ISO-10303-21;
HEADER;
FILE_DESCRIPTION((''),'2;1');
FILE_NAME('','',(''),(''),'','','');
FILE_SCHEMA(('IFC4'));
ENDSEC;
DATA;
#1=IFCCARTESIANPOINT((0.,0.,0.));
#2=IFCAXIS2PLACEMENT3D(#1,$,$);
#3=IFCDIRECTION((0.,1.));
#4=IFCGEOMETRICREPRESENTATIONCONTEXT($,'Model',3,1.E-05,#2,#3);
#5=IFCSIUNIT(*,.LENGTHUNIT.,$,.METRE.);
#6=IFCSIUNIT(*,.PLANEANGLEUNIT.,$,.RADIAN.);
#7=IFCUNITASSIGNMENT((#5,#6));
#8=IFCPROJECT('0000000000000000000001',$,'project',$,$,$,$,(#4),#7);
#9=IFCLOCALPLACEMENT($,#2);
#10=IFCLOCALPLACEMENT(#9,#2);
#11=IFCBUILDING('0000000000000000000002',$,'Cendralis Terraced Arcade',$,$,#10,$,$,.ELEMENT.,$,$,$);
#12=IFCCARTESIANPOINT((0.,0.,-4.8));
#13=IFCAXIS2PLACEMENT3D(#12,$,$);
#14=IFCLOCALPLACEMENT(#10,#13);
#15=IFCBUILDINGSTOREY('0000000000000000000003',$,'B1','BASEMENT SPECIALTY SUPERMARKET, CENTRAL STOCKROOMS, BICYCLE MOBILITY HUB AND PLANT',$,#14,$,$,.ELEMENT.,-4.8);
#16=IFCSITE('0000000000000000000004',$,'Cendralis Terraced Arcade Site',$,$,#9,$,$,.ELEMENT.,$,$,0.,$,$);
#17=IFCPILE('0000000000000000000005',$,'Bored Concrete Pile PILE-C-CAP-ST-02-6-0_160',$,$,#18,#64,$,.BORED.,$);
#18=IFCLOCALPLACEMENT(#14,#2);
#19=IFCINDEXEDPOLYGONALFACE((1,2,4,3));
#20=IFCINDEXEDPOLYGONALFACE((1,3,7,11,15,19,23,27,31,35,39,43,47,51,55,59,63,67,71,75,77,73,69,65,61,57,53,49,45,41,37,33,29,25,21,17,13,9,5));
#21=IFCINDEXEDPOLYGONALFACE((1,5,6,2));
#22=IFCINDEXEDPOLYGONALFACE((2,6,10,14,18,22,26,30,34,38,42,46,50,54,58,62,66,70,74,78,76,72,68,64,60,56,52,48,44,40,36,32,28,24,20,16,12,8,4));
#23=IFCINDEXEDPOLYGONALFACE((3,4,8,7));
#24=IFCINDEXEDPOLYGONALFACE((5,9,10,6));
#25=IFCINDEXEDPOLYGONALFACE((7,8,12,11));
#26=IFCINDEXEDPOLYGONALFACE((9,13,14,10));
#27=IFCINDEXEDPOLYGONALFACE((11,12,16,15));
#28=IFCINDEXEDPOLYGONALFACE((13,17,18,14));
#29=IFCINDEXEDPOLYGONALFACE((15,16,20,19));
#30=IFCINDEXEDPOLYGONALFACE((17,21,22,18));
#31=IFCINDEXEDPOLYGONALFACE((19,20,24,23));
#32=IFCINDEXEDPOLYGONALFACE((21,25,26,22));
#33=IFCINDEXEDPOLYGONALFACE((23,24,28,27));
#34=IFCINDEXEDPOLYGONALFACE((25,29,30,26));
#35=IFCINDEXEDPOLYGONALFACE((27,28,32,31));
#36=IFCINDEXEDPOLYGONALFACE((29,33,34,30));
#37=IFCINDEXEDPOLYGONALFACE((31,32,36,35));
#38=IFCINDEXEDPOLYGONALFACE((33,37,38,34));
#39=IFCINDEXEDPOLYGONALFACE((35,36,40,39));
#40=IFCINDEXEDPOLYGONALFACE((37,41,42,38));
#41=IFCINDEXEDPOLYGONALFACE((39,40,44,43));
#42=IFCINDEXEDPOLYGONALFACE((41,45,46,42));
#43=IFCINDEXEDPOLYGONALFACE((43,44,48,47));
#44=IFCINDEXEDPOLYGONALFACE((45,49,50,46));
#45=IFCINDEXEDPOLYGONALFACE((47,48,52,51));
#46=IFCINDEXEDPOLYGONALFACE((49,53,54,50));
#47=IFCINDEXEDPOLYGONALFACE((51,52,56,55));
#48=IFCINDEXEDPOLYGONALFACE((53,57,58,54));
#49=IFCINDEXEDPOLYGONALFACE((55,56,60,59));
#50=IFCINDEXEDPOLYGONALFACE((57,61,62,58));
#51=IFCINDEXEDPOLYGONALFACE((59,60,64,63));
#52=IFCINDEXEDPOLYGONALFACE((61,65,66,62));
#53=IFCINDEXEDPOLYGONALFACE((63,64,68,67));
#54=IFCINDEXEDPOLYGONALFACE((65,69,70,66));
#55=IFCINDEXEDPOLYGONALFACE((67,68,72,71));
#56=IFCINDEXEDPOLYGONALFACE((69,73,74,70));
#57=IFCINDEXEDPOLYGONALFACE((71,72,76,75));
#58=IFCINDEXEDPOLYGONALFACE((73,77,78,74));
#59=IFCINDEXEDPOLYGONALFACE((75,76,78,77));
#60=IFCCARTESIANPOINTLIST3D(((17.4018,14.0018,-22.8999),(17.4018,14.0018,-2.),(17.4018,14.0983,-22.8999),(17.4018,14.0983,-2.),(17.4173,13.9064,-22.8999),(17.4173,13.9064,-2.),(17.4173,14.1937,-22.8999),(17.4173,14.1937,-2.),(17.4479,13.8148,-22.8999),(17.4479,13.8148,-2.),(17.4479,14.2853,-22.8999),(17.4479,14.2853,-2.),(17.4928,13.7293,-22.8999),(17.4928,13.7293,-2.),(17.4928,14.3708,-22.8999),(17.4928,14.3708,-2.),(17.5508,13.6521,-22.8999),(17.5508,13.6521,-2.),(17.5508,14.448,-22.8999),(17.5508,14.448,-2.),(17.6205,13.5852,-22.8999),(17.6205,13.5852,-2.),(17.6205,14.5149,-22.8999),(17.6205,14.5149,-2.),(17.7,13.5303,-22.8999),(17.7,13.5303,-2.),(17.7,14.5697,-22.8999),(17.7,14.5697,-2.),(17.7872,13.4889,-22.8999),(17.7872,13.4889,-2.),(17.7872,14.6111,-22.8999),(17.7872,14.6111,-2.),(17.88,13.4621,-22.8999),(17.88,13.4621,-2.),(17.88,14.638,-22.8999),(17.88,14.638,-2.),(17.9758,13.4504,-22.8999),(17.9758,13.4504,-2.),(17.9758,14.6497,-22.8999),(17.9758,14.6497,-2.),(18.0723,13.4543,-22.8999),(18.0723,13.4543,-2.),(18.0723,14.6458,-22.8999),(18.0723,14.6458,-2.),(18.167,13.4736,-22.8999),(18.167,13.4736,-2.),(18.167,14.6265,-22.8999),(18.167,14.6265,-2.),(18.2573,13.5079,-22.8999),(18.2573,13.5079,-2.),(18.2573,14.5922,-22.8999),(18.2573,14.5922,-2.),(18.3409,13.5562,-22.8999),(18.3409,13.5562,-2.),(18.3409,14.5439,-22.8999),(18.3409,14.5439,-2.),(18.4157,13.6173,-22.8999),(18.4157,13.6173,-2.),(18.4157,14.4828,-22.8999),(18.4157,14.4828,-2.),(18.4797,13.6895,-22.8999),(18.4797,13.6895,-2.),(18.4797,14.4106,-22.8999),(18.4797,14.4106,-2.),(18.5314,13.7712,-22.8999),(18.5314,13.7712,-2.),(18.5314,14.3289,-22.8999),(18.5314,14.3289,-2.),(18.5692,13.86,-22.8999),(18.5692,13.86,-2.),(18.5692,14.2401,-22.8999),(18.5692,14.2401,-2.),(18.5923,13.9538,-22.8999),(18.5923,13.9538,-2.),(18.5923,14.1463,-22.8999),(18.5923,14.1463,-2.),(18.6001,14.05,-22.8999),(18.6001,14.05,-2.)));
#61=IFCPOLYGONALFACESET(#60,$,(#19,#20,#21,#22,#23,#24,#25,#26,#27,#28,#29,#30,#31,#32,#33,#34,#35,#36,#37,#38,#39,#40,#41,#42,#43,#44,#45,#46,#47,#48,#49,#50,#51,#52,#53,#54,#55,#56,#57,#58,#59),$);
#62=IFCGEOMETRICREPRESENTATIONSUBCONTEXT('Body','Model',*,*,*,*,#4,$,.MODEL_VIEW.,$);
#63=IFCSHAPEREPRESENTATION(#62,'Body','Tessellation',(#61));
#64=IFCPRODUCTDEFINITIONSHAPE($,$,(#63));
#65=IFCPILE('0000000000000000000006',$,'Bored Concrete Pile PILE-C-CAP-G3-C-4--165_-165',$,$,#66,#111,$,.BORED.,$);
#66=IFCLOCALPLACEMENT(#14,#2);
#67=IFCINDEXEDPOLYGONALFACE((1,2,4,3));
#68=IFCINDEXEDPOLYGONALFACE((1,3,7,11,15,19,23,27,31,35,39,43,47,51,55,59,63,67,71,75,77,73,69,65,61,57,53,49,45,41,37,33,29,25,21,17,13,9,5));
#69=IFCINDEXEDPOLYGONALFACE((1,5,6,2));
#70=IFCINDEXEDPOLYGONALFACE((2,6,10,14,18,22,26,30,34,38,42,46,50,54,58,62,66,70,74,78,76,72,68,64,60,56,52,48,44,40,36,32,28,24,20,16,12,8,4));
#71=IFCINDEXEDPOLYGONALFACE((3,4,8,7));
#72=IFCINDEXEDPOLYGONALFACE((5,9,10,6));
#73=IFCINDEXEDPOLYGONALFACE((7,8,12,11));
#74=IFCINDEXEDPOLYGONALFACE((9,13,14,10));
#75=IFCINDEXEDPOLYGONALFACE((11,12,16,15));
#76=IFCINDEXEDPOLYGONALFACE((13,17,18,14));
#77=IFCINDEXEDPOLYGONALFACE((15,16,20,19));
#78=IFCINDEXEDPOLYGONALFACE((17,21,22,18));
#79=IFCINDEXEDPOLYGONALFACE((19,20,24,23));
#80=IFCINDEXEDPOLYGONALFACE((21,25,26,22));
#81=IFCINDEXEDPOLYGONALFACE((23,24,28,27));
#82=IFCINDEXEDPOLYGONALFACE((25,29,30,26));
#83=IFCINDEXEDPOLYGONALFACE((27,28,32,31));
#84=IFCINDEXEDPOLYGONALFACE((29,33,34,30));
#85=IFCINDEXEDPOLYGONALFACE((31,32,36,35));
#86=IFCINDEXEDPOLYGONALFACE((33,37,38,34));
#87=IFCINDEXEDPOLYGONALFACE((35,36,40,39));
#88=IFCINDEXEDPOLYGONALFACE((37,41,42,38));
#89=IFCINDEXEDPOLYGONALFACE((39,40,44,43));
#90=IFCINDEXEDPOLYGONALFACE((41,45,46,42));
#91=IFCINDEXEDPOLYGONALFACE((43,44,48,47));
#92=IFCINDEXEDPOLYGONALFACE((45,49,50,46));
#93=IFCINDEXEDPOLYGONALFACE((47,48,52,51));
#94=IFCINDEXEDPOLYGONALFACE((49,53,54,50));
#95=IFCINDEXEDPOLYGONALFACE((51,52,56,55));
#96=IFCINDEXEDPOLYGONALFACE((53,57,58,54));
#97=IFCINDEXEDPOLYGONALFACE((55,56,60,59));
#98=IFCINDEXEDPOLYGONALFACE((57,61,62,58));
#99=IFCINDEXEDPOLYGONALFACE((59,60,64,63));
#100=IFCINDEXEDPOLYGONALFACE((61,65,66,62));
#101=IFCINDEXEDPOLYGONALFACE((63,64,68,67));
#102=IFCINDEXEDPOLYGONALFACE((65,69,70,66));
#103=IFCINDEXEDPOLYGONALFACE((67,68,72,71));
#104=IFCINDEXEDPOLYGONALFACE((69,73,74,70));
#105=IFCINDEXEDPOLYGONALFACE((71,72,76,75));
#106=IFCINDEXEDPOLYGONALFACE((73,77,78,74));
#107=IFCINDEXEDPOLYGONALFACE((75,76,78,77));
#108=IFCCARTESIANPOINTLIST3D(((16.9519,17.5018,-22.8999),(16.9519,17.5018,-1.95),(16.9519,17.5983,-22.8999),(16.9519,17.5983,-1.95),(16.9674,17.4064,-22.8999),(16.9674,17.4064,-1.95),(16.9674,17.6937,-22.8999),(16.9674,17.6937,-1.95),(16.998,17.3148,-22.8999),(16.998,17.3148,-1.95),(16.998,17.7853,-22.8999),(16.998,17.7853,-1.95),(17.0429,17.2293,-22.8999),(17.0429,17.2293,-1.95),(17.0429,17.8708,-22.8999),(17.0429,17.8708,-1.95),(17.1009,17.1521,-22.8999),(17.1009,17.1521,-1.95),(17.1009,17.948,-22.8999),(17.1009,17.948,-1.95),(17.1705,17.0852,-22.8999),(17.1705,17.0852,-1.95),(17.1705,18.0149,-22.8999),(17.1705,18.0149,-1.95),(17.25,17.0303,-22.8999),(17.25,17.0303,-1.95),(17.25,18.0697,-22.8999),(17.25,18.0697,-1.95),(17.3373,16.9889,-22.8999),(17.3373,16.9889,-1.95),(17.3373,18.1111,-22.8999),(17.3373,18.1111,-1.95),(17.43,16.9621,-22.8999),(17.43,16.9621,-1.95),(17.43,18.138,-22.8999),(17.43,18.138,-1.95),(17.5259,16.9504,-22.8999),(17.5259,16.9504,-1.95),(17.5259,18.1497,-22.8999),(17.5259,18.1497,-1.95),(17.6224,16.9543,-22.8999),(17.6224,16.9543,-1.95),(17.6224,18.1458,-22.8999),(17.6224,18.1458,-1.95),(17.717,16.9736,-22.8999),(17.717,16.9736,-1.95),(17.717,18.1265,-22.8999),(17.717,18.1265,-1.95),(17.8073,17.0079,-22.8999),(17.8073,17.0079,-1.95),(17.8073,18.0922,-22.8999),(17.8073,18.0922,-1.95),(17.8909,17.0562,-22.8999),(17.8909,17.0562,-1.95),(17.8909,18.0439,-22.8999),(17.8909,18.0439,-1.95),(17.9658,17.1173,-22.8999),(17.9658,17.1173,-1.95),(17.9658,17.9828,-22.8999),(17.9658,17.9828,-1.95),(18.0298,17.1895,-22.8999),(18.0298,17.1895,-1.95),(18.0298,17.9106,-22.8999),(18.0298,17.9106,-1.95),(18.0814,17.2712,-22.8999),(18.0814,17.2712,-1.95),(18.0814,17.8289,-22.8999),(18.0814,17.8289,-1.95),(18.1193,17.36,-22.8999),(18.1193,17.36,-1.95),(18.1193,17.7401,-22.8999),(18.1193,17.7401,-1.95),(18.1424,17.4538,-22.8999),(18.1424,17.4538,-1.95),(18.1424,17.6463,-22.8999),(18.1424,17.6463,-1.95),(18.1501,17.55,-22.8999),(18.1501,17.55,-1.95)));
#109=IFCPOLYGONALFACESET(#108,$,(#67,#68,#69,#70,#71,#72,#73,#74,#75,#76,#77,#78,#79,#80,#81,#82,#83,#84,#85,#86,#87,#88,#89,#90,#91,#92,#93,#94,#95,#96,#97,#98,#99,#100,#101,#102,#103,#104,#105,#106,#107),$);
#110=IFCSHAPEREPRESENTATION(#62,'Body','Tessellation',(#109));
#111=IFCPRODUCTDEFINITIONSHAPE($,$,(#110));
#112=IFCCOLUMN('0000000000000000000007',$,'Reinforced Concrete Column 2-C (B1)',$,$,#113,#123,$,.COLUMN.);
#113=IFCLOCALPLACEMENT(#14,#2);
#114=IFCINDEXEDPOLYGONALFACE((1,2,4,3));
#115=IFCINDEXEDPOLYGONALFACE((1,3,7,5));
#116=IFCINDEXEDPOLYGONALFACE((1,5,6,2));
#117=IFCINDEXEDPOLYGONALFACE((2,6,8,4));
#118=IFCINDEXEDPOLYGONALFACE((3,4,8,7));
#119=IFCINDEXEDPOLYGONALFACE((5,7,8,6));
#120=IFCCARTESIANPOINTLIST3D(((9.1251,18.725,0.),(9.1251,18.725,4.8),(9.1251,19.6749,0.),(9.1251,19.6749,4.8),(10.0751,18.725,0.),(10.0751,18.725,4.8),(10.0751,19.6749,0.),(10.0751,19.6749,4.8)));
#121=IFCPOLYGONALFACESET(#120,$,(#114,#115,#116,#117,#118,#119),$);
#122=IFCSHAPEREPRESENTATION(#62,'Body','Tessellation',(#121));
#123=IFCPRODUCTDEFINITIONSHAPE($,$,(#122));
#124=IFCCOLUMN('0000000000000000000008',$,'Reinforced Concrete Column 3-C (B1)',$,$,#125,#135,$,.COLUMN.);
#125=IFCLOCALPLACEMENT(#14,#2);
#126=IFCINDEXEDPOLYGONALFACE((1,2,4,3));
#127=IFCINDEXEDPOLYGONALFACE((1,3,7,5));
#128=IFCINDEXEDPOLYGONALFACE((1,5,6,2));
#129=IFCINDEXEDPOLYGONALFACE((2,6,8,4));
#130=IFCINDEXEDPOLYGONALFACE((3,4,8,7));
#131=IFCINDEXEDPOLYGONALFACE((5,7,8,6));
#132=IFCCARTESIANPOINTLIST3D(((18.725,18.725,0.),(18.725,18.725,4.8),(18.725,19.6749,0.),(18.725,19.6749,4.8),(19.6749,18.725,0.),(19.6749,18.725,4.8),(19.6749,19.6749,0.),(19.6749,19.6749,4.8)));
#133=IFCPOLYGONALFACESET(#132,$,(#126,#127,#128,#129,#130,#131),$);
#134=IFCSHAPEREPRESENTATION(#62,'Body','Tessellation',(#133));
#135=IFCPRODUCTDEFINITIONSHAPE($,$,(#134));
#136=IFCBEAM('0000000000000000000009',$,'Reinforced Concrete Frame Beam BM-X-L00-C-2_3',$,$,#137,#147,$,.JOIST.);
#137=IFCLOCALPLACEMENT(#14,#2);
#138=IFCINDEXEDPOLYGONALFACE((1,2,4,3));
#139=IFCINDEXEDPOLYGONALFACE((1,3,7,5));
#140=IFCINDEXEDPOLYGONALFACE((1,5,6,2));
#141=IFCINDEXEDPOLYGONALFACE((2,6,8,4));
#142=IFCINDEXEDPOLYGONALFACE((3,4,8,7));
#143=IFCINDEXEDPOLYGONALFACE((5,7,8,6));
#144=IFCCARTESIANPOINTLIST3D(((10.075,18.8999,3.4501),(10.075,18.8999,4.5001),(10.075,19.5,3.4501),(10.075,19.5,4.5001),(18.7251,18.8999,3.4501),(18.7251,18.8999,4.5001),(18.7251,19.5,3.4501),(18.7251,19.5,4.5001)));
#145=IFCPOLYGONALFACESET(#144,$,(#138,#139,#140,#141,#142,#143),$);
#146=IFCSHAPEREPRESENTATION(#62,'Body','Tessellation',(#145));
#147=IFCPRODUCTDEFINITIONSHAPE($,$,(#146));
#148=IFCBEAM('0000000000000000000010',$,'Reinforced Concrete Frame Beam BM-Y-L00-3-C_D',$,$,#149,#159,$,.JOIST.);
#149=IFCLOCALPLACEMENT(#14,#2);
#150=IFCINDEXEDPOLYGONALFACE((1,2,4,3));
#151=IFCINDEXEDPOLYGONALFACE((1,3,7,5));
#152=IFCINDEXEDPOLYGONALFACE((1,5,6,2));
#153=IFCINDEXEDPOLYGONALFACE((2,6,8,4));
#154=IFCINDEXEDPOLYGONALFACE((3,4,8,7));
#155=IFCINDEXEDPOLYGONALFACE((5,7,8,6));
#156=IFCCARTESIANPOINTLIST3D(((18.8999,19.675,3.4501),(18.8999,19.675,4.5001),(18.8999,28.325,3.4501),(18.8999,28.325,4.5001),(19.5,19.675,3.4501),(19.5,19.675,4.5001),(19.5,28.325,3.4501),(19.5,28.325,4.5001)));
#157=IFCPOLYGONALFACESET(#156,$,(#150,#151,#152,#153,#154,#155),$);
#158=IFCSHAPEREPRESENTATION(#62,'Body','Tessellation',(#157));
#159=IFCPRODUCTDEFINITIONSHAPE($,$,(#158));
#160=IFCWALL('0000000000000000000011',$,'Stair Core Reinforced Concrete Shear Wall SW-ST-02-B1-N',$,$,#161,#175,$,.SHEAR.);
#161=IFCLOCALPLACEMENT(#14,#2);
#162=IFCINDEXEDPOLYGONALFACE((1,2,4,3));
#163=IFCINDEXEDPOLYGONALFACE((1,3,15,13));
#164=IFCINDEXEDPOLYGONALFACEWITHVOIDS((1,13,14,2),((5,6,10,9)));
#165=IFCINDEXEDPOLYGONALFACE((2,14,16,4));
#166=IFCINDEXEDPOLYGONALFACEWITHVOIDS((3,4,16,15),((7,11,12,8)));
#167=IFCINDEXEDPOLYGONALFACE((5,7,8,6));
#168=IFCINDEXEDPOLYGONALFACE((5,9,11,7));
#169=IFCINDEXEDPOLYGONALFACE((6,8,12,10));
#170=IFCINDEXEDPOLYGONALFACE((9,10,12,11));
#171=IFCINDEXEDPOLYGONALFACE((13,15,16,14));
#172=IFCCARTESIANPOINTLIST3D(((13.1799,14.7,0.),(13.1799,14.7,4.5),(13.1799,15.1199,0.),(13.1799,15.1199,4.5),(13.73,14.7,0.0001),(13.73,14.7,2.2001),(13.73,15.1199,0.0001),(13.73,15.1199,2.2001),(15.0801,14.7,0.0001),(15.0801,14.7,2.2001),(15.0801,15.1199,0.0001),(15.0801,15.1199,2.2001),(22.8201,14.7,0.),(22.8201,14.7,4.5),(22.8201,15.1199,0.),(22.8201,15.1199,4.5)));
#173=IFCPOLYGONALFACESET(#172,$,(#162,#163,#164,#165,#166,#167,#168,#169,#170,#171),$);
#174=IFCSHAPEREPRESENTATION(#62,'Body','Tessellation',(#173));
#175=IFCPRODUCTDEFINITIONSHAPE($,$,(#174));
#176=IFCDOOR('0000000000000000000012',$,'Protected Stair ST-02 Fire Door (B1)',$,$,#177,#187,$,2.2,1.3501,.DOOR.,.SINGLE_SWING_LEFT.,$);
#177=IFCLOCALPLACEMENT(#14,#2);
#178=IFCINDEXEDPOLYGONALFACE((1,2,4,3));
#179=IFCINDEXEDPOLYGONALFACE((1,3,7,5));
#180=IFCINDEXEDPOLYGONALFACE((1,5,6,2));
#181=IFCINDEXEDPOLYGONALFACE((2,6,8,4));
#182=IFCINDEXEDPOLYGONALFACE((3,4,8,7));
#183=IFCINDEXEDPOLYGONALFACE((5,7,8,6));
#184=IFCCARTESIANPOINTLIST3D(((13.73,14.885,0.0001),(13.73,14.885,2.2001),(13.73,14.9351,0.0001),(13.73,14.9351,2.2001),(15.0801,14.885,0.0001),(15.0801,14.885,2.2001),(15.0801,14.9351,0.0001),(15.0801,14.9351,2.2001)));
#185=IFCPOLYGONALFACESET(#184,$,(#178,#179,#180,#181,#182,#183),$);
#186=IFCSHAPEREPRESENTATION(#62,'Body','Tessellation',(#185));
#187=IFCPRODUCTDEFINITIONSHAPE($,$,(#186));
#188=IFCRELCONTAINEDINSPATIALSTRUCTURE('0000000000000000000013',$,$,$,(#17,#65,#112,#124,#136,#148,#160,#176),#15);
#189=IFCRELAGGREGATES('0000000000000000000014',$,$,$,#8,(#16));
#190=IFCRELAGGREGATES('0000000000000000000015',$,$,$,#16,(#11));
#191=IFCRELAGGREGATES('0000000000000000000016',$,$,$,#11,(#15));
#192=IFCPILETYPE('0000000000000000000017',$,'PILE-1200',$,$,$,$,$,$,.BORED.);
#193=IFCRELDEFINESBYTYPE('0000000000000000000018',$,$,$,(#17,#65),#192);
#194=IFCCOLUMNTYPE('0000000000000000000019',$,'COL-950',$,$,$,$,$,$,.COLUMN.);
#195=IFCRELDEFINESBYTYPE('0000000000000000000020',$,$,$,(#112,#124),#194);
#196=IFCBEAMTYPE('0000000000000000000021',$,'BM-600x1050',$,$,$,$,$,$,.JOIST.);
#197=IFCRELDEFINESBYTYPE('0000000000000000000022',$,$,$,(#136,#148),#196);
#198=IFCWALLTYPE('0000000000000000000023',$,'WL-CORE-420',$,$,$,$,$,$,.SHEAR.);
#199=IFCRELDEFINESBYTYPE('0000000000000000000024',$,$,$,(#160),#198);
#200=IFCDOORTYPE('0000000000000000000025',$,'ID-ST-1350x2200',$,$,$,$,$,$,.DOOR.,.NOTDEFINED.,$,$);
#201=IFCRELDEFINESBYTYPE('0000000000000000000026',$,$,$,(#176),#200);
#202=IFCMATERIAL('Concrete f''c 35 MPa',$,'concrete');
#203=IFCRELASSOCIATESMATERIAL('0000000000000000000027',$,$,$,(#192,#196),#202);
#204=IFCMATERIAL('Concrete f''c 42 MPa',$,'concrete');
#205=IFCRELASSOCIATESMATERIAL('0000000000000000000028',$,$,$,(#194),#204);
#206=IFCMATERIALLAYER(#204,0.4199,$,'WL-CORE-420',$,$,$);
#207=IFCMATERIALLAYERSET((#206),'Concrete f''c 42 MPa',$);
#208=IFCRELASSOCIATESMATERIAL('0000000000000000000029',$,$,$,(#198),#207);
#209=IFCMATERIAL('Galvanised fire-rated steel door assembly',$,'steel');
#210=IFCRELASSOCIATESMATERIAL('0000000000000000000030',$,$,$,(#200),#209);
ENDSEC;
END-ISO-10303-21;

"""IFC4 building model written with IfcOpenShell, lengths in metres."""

from ifc_helpers import new_model, si_unit, direction, frame, frame_2d, origin, origin_2d, place, context, subcontext, project, spatial, rectangle, circle, extrude, material, layer, layer_set, material_profile, profile_set, type_object, element, fill, save


model = new_model("IFC4")

# Units and contexts
model_context = context("Model", 3, precision=1e-05, world=origin(), true_north=direction((0.0, 1.0)))
body_context = subcontext(model_context, "Body", "Model", "MODEL_VIEW")
ifc_project = project(units=[si_unit("LENGTHUNIT", "METRE"), si_unit("PLANEANGLEUNIT", "RADIAN")], contexts=[model_context])

# Site, building, storey
site_placement = place(None, origin())
site = spatial("IfcSite", under=ifc_project, at=site_placement, Name="Cendralis Terraced Arcade Site", CompositionType="ELEMENT", RefElevation=0.0)
building_placement = place(site_placement, origin())
building = spatial("IfcBuilding", under=site, at=building_placement, Name="Cendralis Terraced Arcade", CompositionType="ELEMENT")
storey_placement = place(building_placement, frame((0.0, 0.0, -4.8)))
storey = spatial("IfcBuildingStorey", under=building, at=storey_placement, Name="B1", Description="BASEMENT SPECIALTY SUPERMARKET, CENTRAL STOCKROOMS, BICYCLE MOBILITY HUB AND PLANT", CompositionType="ELEMENT", Elevation=-4.8)

# Shared definitions
ifc_material_1 = material(Name="Concrete f'c 35 MPa", Category="concrete")

# Piles
ifc_material_profile_1 = material_profile(ifc_material_1, circle(Radius=0.6001, at=origin_2d()), Name="PILE-D1200", Category="LoadBearing")
ifc_profile_set_1 = profile_set([ifc_material_profile_1], Name="Concrete f'c 35 MPa")
pile_type_1 = type_object("IfcPileType", Name="PILE-1200", PredefinedType="BORED", material=ifc_profile_set_1)
for number, where, z_axis, x_axis, name in (
    (1, (18.0, 14.05, -2.0), (0.0, 0.0, -1.0), (1.0, 0.0, 0.0), "Bored Concrete Pile PILE-C-CAP-ST-02-6-0_160"),
):
    element("IfcPile", number, at=place(storey_placement, frame(where, z_axis=z_axis, x_axis=x_axis)), inside=storey, type_object=pile_type_1, Name=name, PredefinedType="BORED", context=body_context, shape_type="SweptSolid", body=[
        extrude(circle(Radius=0.6001, at=origin_2d()), origin(), (0.0, 0.0, 1.0), 20.8999),
    ])
pile_1_placement = place(storey_placement, frame((17.55, 17.55, -1.95), z_axis=(0.0, 0.0, -1.0), x_axis=(1.0, 0.0, 0.0)))
element("IfcPile", 2, at=pile_1_placement, inside=storey, type_object=pile_type_1, Name="Bored Concrete Pile PILE-C-CAP-G3-C-4--165_-165", PredefinedType="BORED", context=body_context, shape_type="SweptSolid", body=[
    extrude(circle(Radius=0.6001, at=origin_2d()), origin(), (0.0, 0.0, 1.0), 20.95),
])

# Columns
ifc_material_2 = material(Name="Concrete f'c 42 MPa", Category="concrete")
ifc_material_profile_2 = material_profile(ifc_material_2, rectangle(XDim=0.95, YDim=0.95, at=origin_2d()), Name="RC-COL-950x950", Category="LoadBearing")
ifc_profile_set_2 = profile_set([ifc_material_profile_2], Name="Concrete f'c 42 MPa")
column_type = type_object("IfcColumnType", Name="COL-950", PredefinedType="COLUMN", material=ifc_profile_set_2)
for number, where, z_axis, x_axis, name in (
    (3, (9.6001, 19.2, 0.0), (0.0, 0.0, 1.0), (1.0, 0.0, 0.0), "Reinforced Concrete Column 2-C (B1)"),
    (4, (19.2, 19.2, 0.0), (0.0, 0.0, 1.0), (1.0, 0.0, 0.0), "Reinforced Concrete Column 3-C (B1)"),
):
    element("IfcColumn", number, at=place(storey_placement, frame(where, z_axis=z_axis, x_axis=x_axis)), inside=storey, type_object=column_type, Name=name, PredefinedType="COLUMN", context=body_context, shape_type="SweptSolid", body=[
        extrude(rectangle(XDim=0.95, YDim=0.95, at=origin_2d()), origin(), (0.0, 0.0, 1.0), 4.8),
    ])

# Beams
ifc_material_profile_3 = material_profile(ifc_material_1, rectangle(XDim=0.6001, YDim=1.05, at=origin_2d()), Name="RC-BM-600x1050", Category="LoadBearing")
ifc_profile_set_3 = profile_set([ifc_material_profile_3], Name="Concrete f'c 35 MPa")
beam_type = type_object("IfcBeamType", Name="BM-600x1050", PredefinedType="JOIST", material=ifc_profile_set_3)
beam_1_placement = place(storey_placement, frame((10.075, 19.2, 3.9751), z_axis=(1.0, 0.0, 0.0), x_axis=(0.0, 1.0, 0.0)))
element("IfcBeam", 5, at=beam_1_placement, inside=storey, type_object=beam_type, Name="Reinforced Concrete Frame Beam BM-X-L00-C-2_3", PredefinedType="JOIST", context=body_context, shape_type="SweptSolid", body=[
    extrude(rectangle(XDim=0.6001, YDim=1.05, at=origin_2d()), origin(), (0.0, 0.0, 1.0), 8.6501),
])
beam_2_placement = place(storey_placement, frame((19.2, 19.675, 3.9751), z_axis=(0.0, 1.0, 0.0), x_axis=(-1.0, 0.0, 0.0)))
element("IfcBeam", 6, at=beam_2_placement, inside=storey, type_object=beam_type, Name="Reinforced Concrete Frame Beam BM-Y-L00-3-C_D", PredefinedType="JOIST", context=body_context, shape_type="SweptSolid", body=[
    extrude(rectangle(XDim=0.6001, YDim=1.05, at=origin_2d()), origin(), (0.0, 0.0, 1.0), 8.6499),
])

# Wall, opening, door
ifc_layer_1 = layer(ifc_material_2, 0.4199, Name="WL-CORE-420")
ifc_layer_set_1 = layer_set([ifc_layer_1], Name="Concrete f'c 42 MPa")
wall_type_1 = type_object("IfcWallType", Name="WL-CORE-420", PredefinedType="SHEAR", material=ifc_layer_set_1)
wall_1_placement = place(storey_placement, frame((13.1799, 14.9099, 0.0), z_axis=(0.0, 0.0, 1.0), x_axis=(1.0, 0.0, 0.0)))
wall_1 = element("IfcWall", 7, at=wall_1_placement, inside=storey, type_object=wall_type_1, Name="Stair Core Reinforced Concrete Shear Wall SW-ST-02-B1-N", PredefinedType="SHEAR", context=body_context, shape_type="SweptSolid", body=[
    extrude(rectangle(XDim=9.6401, YDim=0.4199, at=frame_2d((4.8201, 0.0))), origin(), (0.0, 0.0, 1.0), 4.5),
])
opening_1_placement = place(wall_1_placement, frame((0.55, 0.0, 0.0)))
opening_1 = element("IfcOpeningElement", 8, at=opening_1_placement, cuts=wall_1, PredefinedType="OPENING", context=body_context, shape_type="SweptSolid", body=[
    extrude(rectangle(XDim=1.3501, YDim=2.2, at=frame_2d((0.675, 1.1001))), frame((0.0, 0.2219, 0.0), z_axis=(0.0, -1.0, 0.0), x_axis=(1.0, 0.0, 0.0)), (0.0, 0.0, 1.0), 0.4438),
])
ifc_material_3 = material(Name="Galvanised fire-rated steel door assembly", Category="steel")
door_type_1 = type_object("IfcDoorType", Name="ID-ST-1350x2200", OperationType="NOTDEFINED", PredefinedType="DOOR", material=ifc_material_3)
door_1_placement = place(opening_1_placement, frame((1.3501, 0.0, 0.0), z_axis=(0.0, 0.0, 1.0), x_axis=(-1.0, 0.0, 0.0)))
door_1 = element("IfcDoor", 9, at=door_1_placement, inside=storey, type_object=door_type_1, Name="Protected Stair ST-02 Fire Door (B1)", OperationType="SINGLE_SWING_LEFT", OverallHeight=2.2, OverallWidth=1.3501, PredefinedType="DOOR", context=body_context, shape_type="SweptSolid", body=[
    extrude(rectangle(XDim=1.3501, YDim=2.2, at=frame_2d((0.675, 1.1001))), frame((0.0, 0.0249, 0.0), z_axis=(0.0, -1.0, 0.0), x_axis=(1.0, 0.0, 0.0)), (0.0, 0.0, 1.0), 0.05),
])
fill(opening_1, door_1)

save(model, "model.ifc")
